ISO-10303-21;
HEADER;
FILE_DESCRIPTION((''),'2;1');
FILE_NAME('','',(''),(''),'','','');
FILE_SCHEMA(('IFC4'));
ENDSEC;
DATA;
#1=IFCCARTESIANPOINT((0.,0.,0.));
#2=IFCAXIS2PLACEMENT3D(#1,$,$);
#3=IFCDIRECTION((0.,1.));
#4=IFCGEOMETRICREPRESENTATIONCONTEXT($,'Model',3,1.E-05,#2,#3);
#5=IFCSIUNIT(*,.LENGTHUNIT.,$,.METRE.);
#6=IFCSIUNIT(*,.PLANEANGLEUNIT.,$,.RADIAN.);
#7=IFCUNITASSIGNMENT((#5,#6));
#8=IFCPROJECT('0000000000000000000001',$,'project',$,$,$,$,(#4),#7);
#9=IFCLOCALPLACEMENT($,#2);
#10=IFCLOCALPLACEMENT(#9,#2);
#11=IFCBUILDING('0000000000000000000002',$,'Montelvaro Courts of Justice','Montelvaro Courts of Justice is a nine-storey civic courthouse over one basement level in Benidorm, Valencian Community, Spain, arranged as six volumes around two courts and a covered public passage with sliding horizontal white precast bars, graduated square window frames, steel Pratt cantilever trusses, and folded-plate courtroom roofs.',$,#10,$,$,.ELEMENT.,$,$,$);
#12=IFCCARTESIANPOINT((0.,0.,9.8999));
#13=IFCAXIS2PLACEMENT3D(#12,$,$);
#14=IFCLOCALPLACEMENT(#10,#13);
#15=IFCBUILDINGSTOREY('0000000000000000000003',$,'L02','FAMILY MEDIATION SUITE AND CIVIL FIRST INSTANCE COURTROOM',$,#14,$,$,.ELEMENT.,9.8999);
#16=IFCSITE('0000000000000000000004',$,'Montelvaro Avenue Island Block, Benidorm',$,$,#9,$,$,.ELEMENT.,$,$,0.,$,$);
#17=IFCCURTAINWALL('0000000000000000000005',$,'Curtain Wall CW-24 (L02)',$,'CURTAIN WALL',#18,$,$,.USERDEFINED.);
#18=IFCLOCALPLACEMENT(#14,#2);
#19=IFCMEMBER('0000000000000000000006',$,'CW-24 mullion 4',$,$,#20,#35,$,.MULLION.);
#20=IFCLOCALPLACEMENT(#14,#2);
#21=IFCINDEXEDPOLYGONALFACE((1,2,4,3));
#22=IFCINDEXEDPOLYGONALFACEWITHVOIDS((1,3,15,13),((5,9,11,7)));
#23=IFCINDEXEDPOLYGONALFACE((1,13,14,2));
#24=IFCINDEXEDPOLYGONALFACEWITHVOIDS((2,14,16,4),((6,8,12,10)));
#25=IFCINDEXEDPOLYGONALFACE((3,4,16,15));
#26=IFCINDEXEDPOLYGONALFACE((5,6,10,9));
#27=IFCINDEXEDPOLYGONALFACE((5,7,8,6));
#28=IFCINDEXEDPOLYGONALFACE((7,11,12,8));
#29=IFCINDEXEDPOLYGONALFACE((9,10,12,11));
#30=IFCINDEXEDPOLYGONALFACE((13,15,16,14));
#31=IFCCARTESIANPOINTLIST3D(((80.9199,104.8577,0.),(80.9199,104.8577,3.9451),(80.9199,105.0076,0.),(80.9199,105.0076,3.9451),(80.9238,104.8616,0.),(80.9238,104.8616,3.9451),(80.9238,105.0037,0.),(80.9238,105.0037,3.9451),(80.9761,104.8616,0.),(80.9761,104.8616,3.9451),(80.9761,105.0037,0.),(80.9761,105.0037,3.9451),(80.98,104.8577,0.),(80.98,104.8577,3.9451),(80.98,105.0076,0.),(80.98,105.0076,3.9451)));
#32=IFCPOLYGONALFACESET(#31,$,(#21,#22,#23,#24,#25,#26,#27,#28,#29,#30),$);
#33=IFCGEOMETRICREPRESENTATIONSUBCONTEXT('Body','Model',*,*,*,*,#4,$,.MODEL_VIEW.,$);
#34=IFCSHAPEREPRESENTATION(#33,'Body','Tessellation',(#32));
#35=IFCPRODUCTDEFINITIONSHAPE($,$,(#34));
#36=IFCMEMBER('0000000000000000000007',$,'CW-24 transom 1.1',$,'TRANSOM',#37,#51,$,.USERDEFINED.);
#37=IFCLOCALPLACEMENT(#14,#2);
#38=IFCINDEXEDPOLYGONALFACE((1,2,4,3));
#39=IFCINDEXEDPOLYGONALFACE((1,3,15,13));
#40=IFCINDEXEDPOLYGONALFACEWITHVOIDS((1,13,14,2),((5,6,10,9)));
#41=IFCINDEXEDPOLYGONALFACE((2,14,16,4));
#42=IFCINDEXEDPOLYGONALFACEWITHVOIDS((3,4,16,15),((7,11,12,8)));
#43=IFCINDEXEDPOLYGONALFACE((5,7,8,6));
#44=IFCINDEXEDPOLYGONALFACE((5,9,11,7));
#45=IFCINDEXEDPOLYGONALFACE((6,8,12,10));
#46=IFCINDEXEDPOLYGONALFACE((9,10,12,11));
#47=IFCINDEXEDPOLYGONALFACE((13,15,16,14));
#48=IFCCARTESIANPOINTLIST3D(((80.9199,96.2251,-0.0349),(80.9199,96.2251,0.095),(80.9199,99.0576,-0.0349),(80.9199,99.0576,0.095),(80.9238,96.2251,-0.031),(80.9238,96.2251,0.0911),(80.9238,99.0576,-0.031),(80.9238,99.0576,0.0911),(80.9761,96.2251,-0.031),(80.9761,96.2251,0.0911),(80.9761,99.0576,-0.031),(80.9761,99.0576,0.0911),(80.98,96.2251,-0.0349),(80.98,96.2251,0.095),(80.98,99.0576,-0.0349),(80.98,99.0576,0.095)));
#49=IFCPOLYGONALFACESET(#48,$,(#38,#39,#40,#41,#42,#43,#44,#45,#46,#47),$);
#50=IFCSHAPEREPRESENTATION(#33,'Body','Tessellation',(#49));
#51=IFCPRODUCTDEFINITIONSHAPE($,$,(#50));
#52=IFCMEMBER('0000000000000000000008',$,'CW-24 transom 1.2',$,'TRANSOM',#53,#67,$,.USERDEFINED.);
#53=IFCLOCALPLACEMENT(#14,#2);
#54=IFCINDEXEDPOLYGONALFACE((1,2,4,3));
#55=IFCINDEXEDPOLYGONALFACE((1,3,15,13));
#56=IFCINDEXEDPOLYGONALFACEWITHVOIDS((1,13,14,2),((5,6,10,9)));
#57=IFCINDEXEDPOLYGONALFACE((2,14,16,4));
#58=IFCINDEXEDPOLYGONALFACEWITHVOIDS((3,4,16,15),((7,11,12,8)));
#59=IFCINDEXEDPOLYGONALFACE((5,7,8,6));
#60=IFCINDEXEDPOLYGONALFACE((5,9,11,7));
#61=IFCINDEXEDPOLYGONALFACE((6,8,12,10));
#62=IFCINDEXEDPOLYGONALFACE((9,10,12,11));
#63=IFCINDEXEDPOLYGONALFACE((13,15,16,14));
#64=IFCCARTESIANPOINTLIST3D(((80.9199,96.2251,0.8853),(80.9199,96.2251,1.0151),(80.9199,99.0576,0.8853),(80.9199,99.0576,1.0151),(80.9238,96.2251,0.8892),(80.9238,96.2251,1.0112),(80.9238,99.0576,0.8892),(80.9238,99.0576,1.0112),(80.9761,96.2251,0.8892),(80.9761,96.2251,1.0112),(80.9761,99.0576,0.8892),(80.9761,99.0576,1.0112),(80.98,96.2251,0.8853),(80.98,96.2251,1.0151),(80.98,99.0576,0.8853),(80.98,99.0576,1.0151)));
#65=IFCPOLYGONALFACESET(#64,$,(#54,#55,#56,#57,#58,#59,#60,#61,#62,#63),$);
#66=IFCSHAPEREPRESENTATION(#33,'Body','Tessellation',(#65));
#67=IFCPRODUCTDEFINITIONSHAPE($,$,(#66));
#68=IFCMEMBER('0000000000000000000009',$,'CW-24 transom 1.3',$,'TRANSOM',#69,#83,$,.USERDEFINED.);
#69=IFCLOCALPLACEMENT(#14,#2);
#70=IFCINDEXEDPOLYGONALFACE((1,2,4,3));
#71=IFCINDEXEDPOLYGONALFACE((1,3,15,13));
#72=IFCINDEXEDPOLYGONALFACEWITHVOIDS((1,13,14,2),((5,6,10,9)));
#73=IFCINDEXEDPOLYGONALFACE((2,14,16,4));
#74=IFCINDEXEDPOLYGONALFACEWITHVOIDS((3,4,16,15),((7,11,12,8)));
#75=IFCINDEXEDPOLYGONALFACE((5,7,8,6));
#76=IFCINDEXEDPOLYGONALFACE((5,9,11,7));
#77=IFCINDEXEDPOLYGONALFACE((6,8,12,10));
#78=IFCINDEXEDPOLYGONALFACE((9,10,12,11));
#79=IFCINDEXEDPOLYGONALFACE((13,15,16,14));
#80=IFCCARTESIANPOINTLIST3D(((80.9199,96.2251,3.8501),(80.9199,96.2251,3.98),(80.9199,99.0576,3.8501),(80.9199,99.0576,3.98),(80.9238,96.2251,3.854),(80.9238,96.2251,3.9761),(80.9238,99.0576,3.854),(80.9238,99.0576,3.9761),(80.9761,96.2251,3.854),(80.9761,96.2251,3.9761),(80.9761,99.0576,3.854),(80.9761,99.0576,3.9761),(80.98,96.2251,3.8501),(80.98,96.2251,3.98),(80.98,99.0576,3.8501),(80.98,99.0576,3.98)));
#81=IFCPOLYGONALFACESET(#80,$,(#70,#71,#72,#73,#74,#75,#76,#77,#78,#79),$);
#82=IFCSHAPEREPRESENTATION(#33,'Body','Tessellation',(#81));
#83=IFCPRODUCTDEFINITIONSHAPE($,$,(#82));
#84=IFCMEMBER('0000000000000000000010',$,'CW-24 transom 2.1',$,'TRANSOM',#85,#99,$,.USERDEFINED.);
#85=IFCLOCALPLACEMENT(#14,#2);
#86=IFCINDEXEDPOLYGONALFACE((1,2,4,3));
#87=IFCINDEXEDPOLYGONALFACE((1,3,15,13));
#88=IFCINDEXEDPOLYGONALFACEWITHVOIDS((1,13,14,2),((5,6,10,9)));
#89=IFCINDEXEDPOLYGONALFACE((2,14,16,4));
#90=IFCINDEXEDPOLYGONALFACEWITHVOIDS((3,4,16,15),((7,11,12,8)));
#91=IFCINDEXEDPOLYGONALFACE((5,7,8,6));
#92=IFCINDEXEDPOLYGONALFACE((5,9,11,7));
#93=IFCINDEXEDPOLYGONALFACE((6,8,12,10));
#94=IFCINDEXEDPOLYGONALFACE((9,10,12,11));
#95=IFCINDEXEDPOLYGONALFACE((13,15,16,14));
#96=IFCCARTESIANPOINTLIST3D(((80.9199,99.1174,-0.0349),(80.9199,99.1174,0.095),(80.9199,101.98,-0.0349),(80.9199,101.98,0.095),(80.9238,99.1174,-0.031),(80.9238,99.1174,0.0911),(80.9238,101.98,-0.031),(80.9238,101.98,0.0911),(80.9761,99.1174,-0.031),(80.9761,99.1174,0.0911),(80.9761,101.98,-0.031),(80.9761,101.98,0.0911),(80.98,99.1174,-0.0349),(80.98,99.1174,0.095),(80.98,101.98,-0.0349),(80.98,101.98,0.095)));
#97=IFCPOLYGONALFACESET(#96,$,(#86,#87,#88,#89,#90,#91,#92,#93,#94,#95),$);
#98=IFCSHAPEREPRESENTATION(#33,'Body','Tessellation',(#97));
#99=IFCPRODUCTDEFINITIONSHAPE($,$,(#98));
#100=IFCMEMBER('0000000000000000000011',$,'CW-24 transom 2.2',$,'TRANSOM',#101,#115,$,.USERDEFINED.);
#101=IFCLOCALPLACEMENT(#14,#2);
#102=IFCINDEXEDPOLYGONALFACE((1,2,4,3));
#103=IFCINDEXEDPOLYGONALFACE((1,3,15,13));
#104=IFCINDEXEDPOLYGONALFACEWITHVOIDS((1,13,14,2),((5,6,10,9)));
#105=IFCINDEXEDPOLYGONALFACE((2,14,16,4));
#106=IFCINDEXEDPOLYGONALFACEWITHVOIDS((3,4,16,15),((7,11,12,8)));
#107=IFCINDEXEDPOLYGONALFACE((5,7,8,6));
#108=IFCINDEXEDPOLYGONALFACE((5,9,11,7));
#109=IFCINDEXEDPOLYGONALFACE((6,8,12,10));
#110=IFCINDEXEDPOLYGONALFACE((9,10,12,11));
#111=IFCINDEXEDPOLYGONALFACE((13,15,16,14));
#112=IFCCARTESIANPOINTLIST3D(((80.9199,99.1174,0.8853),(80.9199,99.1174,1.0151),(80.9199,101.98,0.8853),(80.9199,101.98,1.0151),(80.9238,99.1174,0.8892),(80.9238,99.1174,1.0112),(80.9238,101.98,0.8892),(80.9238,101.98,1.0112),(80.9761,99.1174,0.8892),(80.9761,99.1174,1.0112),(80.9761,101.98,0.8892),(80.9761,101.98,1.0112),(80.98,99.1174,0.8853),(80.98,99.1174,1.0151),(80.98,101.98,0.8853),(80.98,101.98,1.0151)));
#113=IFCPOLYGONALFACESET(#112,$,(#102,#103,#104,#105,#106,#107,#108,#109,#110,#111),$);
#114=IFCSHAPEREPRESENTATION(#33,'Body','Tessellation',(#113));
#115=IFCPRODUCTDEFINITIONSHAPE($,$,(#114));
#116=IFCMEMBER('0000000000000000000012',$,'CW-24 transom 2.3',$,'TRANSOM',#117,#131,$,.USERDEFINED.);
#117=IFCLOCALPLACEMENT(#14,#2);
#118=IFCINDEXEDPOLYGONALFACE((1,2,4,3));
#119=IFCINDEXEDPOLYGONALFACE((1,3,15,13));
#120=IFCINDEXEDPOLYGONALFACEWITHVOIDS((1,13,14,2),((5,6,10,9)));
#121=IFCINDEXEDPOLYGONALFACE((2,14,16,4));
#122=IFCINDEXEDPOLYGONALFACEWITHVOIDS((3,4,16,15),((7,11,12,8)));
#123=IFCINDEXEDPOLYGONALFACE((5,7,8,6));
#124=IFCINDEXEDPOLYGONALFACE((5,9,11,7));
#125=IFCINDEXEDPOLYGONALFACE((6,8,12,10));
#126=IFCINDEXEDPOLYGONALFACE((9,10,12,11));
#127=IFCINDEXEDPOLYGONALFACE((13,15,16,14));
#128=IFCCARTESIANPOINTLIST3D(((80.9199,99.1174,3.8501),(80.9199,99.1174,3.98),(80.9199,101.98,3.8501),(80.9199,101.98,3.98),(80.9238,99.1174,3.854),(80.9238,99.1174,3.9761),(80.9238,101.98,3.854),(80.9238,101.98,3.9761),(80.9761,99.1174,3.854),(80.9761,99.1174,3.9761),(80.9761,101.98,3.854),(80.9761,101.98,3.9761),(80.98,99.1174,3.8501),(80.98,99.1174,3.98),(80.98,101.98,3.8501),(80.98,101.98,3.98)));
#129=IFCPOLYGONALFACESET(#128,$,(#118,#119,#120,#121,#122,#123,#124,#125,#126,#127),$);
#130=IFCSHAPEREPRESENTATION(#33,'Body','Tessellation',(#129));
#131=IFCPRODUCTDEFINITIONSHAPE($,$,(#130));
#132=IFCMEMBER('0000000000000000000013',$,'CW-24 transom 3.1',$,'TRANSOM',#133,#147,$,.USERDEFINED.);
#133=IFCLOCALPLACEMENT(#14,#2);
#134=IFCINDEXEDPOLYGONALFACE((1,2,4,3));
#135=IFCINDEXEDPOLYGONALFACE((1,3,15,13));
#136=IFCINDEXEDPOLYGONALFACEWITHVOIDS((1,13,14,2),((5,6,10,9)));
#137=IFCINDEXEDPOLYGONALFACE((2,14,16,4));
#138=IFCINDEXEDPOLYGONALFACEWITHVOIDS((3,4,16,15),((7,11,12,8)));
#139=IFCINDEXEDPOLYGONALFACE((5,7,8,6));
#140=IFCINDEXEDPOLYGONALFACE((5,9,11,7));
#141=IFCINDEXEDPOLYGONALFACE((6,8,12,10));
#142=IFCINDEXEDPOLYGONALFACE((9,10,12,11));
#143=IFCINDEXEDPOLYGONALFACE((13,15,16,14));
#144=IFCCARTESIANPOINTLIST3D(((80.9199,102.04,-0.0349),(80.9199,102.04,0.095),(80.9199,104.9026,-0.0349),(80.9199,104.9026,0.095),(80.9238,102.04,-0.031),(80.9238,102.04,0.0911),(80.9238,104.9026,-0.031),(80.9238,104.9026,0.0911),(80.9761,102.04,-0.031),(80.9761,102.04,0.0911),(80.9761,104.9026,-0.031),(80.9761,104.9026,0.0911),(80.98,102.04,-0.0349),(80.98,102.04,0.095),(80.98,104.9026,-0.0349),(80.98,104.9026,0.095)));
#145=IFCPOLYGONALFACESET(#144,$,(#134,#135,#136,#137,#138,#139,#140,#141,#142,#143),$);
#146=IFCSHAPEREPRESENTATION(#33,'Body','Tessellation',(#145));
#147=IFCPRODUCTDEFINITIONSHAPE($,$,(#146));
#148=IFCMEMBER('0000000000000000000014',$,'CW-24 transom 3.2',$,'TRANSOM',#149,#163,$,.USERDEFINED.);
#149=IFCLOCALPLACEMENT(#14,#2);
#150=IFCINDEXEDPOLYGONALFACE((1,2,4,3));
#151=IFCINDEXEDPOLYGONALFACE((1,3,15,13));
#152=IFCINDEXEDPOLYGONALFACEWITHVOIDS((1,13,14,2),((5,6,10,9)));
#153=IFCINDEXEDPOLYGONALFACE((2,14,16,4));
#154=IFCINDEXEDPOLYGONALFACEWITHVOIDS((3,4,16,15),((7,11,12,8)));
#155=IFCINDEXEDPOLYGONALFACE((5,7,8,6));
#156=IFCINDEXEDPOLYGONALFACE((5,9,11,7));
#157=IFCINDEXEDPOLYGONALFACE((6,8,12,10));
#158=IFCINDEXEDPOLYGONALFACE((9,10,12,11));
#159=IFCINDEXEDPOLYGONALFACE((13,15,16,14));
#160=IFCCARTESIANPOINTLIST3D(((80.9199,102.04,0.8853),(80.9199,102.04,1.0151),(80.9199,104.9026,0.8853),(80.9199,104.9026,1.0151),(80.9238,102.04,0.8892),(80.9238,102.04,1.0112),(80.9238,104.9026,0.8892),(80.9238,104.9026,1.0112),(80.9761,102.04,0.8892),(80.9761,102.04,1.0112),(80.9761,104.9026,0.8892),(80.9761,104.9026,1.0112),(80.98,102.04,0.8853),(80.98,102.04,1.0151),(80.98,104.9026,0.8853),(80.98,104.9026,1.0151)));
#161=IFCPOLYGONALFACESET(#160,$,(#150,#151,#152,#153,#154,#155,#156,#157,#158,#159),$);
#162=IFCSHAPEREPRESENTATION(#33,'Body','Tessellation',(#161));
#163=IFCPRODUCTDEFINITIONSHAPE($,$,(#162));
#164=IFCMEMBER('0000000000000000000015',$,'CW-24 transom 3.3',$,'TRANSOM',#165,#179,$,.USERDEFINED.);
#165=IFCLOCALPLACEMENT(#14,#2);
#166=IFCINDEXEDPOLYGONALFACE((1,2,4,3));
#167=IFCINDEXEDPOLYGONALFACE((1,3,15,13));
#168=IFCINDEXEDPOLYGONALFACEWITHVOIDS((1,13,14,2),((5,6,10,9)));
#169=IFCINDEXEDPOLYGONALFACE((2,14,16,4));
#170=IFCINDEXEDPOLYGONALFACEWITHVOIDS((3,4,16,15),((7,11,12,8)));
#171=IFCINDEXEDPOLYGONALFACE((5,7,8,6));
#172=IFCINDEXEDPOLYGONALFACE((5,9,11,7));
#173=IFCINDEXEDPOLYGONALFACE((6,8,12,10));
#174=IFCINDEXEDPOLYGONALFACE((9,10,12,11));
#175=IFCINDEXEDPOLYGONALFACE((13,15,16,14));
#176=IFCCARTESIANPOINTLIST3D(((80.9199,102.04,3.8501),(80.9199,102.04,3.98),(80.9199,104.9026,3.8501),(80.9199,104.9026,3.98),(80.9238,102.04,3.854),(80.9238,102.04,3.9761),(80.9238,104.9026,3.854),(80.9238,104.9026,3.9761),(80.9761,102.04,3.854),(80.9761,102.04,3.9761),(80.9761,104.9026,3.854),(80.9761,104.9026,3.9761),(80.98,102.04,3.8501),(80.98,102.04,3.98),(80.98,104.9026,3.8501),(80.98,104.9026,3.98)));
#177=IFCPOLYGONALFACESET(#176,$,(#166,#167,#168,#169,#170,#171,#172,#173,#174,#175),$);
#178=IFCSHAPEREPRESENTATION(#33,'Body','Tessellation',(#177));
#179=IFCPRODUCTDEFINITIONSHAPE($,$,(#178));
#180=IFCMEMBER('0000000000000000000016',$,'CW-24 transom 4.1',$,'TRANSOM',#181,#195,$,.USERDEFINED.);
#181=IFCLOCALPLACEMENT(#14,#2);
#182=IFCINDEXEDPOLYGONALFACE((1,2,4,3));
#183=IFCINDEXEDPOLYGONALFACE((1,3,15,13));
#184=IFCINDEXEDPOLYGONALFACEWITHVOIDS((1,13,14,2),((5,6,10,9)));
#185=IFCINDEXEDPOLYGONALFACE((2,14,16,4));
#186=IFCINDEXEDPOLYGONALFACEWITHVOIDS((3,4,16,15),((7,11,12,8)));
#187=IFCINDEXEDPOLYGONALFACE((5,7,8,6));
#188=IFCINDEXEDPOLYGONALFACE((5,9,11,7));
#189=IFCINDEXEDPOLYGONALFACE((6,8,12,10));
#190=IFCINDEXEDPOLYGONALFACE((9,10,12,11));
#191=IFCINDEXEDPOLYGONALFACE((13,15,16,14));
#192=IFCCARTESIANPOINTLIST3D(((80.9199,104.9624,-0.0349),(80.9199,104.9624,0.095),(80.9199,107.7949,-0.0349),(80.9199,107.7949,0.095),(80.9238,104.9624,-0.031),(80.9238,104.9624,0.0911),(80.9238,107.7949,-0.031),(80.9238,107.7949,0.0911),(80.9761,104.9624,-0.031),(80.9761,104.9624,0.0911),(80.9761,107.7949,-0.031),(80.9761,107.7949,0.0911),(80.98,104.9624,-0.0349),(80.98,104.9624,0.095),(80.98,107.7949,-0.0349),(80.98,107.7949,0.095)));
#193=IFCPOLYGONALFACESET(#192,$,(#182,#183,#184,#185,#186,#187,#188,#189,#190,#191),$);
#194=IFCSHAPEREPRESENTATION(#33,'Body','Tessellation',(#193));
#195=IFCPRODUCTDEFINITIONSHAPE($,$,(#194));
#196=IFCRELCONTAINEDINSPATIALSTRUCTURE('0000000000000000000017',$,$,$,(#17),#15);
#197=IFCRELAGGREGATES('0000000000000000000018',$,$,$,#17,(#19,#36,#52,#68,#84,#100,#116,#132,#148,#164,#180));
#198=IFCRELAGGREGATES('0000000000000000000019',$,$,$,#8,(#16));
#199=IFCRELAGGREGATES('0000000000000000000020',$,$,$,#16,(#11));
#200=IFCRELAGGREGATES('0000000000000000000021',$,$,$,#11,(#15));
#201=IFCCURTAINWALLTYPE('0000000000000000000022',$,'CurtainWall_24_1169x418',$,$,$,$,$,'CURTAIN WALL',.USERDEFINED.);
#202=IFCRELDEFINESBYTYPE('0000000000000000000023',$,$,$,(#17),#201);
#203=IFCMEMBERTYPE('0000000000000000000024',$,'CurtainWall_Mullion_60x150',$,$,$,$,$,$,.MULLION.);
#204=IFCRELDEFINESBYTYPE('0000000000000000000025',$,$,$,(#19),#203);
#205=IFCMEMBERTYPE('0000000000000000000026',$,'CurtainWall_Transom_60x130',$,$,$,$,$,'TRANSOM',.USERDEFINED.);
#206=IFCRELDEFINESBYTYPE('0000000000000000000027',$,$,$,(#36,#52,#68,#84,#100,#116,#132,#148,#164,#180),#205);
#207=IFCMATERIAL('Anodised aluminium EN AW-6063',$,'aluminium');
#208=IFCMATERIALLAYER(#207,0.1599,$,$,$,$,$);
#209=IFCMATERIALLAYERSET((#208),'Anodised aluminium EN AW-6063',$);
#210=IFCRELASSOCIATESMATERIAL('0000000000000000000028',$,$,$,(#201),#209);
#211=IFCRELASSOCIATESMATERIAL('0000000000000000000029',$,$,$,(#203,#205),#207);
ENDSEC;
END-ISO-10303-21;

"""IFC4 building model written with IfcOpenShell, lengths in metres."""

from ifc_helpers import new_model, si_unit, direction, frame, origin, origin_2d, place, context, subcontext, project, spatial, hollow_rectangle, extrude, material, layer, layer_set, material_profile, profile_set, type_object, element, aggregate, save


model = new_model("IFC4")

# Units and contexts
model_context = context("Model", 3, precision=1e-05, world=origin(), true_north=direction((0.0, 1.0)))
body_context = subcontext(model_context, "Body", "Model", "MODEL_VIEW")
ifc_project = project(units=[si_unit("LENGTHUNIT", "METRE"), si_unit("PLANEANGLEUNIT", "RADIAN")], contexts=[model_context])

# Site, building, storey
site_placement = place(None, origin())
site = spatial("IfcSite", under=ifc_project, at=site_placement, Name="Montelvaro Avenue Island Block, Benidorm", CompositionType="ELEMENT", RefElevation=0.0)
building_placement = place(site_placement, origin())
building = spatial("IfcBuilding", under=site, at=building_placement, Name="Montelvaro Courts of Justice", Description="Montelvaro Courts of Justice is a nine-storey civic courthouse over one basement level in Benidorm, Valencian Community, Spain, arranged as six volumes around two courts and a covered public passage with sliding horizontal white precast bars, graduated square window frames, steel Pratt cantilever trusses, and folded-plate courtroom roofs.", CompositionType="ELEMENT")
storey_placement = place(building_placement, frame((0.0, 0.0, 9.8999)))
storey = spatial("IfcBuildingStorey", under=building, at=storey_placement, Name="L02", Description="FAMILY MEDIATION SUITE AND CIVIL FIRST INSTANCE COURTROOM", CompositionType="ELEMENT", Elevation=9.8999)

# Curtain wall, members
ifc_material_1 = material(Name="Anodised aluminium EN AW-6063", Category="aluminium")
ifc_layer_1 = layer(ifc_material_1, 0.1599)
ifc_layer_set_1 = layer_set([ifc_layer_1], Name="Anodised aluminium EN AW-6063")
curtain_wall_type = type_object("IfcCurtainWallType", Name="CurtainWall_24_1169x418", ElementType="CURTAIN WALL", PredefinedType="USERDEFINED", material=ifc_layer_set_1)
curtain_wall_placement = place(storey_placement, origin())
curtain_wall = element("IfcCurtainWall", 1, at=curtain_wall_placement, inside=storey, type_object=curtain_wall_type, Name="Curtain Wall CW-24 (L02)", ObjectType="CURTAIN WALL", PredefinedType="USERDEFINED")
ifc_material_profile_1 = material_profile(ifc_material_1, hollow_rectangle(XDim=0.0601, YDim=0.1499, WallThickness=0.0039, at=origin_2d()), Name="ALU-M 60x150")
ifc_profile_set_1 = profile_set([ifc_material_profile_1], Name="Anodised aluminium EN AW-6063")
member_type_1 = type_object("IfcMemberType", Name="CurtainWall_Mullion_60x150", PredefinedType="MULLION", material=ifc_profile_set_1)
member_1_placement = place(storey_placement, frame((80.95, 104.9326, 0.0), z_axis=(0.0, 0.0, 1.0), x_axis=(-1.0, 0.0, 0.0)))
member_1 = element("IfcMember", 2, at=member_1_placement, type_object=member_type_1, Name="CW-24 mullion 4", PredefinedType="MULLION", context=body_context, shape_type="SweptSolid", body=[
    extrude(hollow_rectangle(XDim=0.0601, YDim=0.1499, WallThickness=0.0039, at=origin_2d()), origin(), (0.0, 0.0, 1.0), 3.9451),
])
ifc_material_profile_2 = material_profile(ifc_material_1, hollow_rectangle(XDim=0.0601, YDim=0.1299, WallThickness=0.0039, at=origin_2d()), Name="ALU-T 60x130")
ifc_profile_set_2 = profile_set([ifc_material_profile_2], Name="Anodised aluminium EN AW-6063")
member_type_2 = type_object("IfcMemberType", Name="CurtainWall_Transom_60x130", ElementType="TRANSOM", PredefinedType="USERDEFINED", material=ifc_profile_set_2)
member_2_placement = place(storey_placement, frame((80.95, 96.2251, 0.03), z_axis=(0.0, 1.0, 0.0), x_axis=(-1.0, 0.0, 0.0)))
member_2 = element("IfcMember", 3, at=member_2_placement, type_object=member_type_2, Name="CW-24 transom 1.1", ObjectType="TRANSOM", PredefinedType="USERDEFINED", context=body_context, shape_type="SweptSolid", body=[
    extrude(hollow_rectangle(XDim=0.0601, YDim=0.1299, WallThickness=0.0039, at=origin_2d()), origin(), (0.0, 0.0, 1.0), 2.8325),
])
member_3_placement = place(storey_placement, frame((80.95, 96.2251, 0.9502), z_axis=(0.0, 1.0, 0.0), x_axis=(-1.0, 0.0, 0.0)))
member_3 = element("IfcMember", 4, at=member_3_placement, type_object=member_type_2, Name="CW-24 transom 1.2", ObjectType="TRANSOM", PredefinedType="USERDEFINED", context=body_context, shape_type="SweptSolid", body=[
    extrude(hollow_rectangle(XDim=0.0601, YDim=0.1299, WallThickness=0.0039, at=origin_2d()), origin(), (0.0, 0.0, 1.0), 2.8325),
])
member_4_placement = place(storey_placement, frame((80.95, 96.2251, 3.915), z_axis=(0.0, 1.0, 0.0), x_axis=(-1.0, 0.0, 0.0)))
member_4 = element("IfcMember", 5, at=member_4_placement, type_object=member_type_2, Name="CW-24 transom 1.3", ObjectType="TRANSOM", PredefinedType="USERDEFINED", context=body_context, shape_type="SweptSolid", body=[
    extrude(hollow_rectangle(XDim=0.0601, YDim=0.1299, WallThickness=0.0039, at=origin_2d()), origin(), (0.0, 0.0, 1.0), 2.8325),
])
member_5_placement = place(storey_placement, frame((80.95, 99.1174, 0.03), z_axis=(0.0, 1.0, 0.0), x_axis=(-1.0, 0.0, 0.0)))
member_5 = element("IfcMember", 6, at=member_5_placement, type_object=member_type_2, Name="CW-24 transom 2.1", ObjectType="TRANSOM", PredefinedType="USERDEFINED", context=body_context, shape_type="SweptSolid", body=[
    extrude(hollow_rectangle(XDim=0.0601, YDim=0.1299, WallThickness=0.0039, at=origin_2d()), origin(), (0.0, 0.0, 1.0), 2.8625),
])
member_6_placement = place(storey_placement, frame((80.95, 99.1174, 0.9502), z_axis=(0.0, 1.0, 0.0), x_axis=(-1.0, 0.0, 0.0)))
member_6 = element("IfcMember", 7, at=member_6_placement, type_object=member_type_2, Name="CW-24 transom 2.2", ObjectType="TRANSOM", PredefinedType="USERDEFINED", context=body_context, shape_type="SweptSolid", body=[
    extrude(hollow_rectangle(XDim=0.0601, YDim=0.1299, WallThickness=0.0039, at=origin_2d()), origin(), (0.0, 0.0, 1.0), 2.8625),
])
member_7_placement = place(storey_placement, frame((80.95, 99.1174, 3.915), z_axis=(0.0, 1.0, 0.0), x_axis=(-1.0, 0.0, 0.0)))
member_7 = element("IfcMember", 8, at=member_7_placement, type_object=member_type_2, Name="CW-24 transom 2.3", ObjectType="TRANSOM", PredefinedType="USERDEFINED", context=body_context, shape_type="SweptSolid", body=[
    extrude(hollow_rectangle(XDim=0.0601, YDim=0.1299, WallThickness=0.0039, at=origin_2d()), origin(), (0.0, 0.0, 1.0), 2.8625),
])
member_8_placement = place(storey_placement, frame((80.95, 102.04, 0.03), z_axis=(0.0, 1.0, 0.0), x_axis=(-1.0, 0.0, 0.0)))
member_8 = element("IfcMember", 9, at=member_8_placement, type_object=member_type_2, Name="CW-24 transom 3.1", ObjectType="TRANSOM", PredefinedType="USERDEFINED", context=body_context, shape_type="SweptSolid", body=[
    extrude(hollow_rectangle(XDim=0.0601, YDim=0.1299, WallThickness=0.0039, at=origin_2d()), origin(), (0.0, 0.0, 1.0), 2.8625),
])
member_9_placement = place(storey_placement, frame((80.95, 102.04, 0.9502), z_axis=(0.0, 1.0, 0.0), x_axis=(-1.0, 0.0, 0.0)))
member_9 = element("IfcMember", 10, at=member_9_placement, type_object=member_type_2, Name="CW-24 transom 3.2", ObjectType="TRANSOM", PredefinedType="USERDEFINED", context=body_context, shape_type="SweptSolid", body=[
    extrude(hollow_rectangle(XDim=0.0601, YDim=0.1299, WallThickness=0.0039, at=origin_2d()), origin(), (0.0, 0.0, 1.0), 2.8625),
])
member_10_placement = place(storey_placement, frame((80.95, 102.04, 3.915), z_axis=(0.0, 1.0, 0.0), x_axis=(-1.0, 0.0, 0.0)))
member_10 = element("IfcMember", 11, at=member_10_placement, type_object=member_type_2, Name="CW-24 transom 3.3", ObjectType="TRANSOM", PredefinedType="USERDEFINED", context=body_context, shape_type="SweptSolid", body=[
    extrude(hollow_rectangle(XDim=0.0601, YDim=0.1299, WallThickness=0.0039, at=origin_2d()), origin(), (0.0, 0.0, 1.0), 2.8625),
])
member_11_placement = place(storey_placement, frame((80.95, 104.9624, 0.03), z_axis=(0.0, 1.0, 0.0), x_axis=(-1.0, 0.0, 0.0)))
member_11 = element("IfcMember", 12, at=member_11_placement, type_object=member_type_2, Name="CW-24 transom 4.1", ObjectType="TRANSOM", PredefinedType="USERDEFINED", context=body_context, shape_type="SweptSolid", body=[
    extrude(hollow_rectangle(XDim=0.0601, YDim=0.1299, WallThickness=0.0039, at=origin_2d()), origin(), (0.0, 0.0, 1.0), 2.8325),
])
aggregate(curtain_wall, [member_1, member_2, member_3, member_4, member_5, member_6, member_7, member_8, member_9, member_10, member_11])

save(model, "model.ifc")
